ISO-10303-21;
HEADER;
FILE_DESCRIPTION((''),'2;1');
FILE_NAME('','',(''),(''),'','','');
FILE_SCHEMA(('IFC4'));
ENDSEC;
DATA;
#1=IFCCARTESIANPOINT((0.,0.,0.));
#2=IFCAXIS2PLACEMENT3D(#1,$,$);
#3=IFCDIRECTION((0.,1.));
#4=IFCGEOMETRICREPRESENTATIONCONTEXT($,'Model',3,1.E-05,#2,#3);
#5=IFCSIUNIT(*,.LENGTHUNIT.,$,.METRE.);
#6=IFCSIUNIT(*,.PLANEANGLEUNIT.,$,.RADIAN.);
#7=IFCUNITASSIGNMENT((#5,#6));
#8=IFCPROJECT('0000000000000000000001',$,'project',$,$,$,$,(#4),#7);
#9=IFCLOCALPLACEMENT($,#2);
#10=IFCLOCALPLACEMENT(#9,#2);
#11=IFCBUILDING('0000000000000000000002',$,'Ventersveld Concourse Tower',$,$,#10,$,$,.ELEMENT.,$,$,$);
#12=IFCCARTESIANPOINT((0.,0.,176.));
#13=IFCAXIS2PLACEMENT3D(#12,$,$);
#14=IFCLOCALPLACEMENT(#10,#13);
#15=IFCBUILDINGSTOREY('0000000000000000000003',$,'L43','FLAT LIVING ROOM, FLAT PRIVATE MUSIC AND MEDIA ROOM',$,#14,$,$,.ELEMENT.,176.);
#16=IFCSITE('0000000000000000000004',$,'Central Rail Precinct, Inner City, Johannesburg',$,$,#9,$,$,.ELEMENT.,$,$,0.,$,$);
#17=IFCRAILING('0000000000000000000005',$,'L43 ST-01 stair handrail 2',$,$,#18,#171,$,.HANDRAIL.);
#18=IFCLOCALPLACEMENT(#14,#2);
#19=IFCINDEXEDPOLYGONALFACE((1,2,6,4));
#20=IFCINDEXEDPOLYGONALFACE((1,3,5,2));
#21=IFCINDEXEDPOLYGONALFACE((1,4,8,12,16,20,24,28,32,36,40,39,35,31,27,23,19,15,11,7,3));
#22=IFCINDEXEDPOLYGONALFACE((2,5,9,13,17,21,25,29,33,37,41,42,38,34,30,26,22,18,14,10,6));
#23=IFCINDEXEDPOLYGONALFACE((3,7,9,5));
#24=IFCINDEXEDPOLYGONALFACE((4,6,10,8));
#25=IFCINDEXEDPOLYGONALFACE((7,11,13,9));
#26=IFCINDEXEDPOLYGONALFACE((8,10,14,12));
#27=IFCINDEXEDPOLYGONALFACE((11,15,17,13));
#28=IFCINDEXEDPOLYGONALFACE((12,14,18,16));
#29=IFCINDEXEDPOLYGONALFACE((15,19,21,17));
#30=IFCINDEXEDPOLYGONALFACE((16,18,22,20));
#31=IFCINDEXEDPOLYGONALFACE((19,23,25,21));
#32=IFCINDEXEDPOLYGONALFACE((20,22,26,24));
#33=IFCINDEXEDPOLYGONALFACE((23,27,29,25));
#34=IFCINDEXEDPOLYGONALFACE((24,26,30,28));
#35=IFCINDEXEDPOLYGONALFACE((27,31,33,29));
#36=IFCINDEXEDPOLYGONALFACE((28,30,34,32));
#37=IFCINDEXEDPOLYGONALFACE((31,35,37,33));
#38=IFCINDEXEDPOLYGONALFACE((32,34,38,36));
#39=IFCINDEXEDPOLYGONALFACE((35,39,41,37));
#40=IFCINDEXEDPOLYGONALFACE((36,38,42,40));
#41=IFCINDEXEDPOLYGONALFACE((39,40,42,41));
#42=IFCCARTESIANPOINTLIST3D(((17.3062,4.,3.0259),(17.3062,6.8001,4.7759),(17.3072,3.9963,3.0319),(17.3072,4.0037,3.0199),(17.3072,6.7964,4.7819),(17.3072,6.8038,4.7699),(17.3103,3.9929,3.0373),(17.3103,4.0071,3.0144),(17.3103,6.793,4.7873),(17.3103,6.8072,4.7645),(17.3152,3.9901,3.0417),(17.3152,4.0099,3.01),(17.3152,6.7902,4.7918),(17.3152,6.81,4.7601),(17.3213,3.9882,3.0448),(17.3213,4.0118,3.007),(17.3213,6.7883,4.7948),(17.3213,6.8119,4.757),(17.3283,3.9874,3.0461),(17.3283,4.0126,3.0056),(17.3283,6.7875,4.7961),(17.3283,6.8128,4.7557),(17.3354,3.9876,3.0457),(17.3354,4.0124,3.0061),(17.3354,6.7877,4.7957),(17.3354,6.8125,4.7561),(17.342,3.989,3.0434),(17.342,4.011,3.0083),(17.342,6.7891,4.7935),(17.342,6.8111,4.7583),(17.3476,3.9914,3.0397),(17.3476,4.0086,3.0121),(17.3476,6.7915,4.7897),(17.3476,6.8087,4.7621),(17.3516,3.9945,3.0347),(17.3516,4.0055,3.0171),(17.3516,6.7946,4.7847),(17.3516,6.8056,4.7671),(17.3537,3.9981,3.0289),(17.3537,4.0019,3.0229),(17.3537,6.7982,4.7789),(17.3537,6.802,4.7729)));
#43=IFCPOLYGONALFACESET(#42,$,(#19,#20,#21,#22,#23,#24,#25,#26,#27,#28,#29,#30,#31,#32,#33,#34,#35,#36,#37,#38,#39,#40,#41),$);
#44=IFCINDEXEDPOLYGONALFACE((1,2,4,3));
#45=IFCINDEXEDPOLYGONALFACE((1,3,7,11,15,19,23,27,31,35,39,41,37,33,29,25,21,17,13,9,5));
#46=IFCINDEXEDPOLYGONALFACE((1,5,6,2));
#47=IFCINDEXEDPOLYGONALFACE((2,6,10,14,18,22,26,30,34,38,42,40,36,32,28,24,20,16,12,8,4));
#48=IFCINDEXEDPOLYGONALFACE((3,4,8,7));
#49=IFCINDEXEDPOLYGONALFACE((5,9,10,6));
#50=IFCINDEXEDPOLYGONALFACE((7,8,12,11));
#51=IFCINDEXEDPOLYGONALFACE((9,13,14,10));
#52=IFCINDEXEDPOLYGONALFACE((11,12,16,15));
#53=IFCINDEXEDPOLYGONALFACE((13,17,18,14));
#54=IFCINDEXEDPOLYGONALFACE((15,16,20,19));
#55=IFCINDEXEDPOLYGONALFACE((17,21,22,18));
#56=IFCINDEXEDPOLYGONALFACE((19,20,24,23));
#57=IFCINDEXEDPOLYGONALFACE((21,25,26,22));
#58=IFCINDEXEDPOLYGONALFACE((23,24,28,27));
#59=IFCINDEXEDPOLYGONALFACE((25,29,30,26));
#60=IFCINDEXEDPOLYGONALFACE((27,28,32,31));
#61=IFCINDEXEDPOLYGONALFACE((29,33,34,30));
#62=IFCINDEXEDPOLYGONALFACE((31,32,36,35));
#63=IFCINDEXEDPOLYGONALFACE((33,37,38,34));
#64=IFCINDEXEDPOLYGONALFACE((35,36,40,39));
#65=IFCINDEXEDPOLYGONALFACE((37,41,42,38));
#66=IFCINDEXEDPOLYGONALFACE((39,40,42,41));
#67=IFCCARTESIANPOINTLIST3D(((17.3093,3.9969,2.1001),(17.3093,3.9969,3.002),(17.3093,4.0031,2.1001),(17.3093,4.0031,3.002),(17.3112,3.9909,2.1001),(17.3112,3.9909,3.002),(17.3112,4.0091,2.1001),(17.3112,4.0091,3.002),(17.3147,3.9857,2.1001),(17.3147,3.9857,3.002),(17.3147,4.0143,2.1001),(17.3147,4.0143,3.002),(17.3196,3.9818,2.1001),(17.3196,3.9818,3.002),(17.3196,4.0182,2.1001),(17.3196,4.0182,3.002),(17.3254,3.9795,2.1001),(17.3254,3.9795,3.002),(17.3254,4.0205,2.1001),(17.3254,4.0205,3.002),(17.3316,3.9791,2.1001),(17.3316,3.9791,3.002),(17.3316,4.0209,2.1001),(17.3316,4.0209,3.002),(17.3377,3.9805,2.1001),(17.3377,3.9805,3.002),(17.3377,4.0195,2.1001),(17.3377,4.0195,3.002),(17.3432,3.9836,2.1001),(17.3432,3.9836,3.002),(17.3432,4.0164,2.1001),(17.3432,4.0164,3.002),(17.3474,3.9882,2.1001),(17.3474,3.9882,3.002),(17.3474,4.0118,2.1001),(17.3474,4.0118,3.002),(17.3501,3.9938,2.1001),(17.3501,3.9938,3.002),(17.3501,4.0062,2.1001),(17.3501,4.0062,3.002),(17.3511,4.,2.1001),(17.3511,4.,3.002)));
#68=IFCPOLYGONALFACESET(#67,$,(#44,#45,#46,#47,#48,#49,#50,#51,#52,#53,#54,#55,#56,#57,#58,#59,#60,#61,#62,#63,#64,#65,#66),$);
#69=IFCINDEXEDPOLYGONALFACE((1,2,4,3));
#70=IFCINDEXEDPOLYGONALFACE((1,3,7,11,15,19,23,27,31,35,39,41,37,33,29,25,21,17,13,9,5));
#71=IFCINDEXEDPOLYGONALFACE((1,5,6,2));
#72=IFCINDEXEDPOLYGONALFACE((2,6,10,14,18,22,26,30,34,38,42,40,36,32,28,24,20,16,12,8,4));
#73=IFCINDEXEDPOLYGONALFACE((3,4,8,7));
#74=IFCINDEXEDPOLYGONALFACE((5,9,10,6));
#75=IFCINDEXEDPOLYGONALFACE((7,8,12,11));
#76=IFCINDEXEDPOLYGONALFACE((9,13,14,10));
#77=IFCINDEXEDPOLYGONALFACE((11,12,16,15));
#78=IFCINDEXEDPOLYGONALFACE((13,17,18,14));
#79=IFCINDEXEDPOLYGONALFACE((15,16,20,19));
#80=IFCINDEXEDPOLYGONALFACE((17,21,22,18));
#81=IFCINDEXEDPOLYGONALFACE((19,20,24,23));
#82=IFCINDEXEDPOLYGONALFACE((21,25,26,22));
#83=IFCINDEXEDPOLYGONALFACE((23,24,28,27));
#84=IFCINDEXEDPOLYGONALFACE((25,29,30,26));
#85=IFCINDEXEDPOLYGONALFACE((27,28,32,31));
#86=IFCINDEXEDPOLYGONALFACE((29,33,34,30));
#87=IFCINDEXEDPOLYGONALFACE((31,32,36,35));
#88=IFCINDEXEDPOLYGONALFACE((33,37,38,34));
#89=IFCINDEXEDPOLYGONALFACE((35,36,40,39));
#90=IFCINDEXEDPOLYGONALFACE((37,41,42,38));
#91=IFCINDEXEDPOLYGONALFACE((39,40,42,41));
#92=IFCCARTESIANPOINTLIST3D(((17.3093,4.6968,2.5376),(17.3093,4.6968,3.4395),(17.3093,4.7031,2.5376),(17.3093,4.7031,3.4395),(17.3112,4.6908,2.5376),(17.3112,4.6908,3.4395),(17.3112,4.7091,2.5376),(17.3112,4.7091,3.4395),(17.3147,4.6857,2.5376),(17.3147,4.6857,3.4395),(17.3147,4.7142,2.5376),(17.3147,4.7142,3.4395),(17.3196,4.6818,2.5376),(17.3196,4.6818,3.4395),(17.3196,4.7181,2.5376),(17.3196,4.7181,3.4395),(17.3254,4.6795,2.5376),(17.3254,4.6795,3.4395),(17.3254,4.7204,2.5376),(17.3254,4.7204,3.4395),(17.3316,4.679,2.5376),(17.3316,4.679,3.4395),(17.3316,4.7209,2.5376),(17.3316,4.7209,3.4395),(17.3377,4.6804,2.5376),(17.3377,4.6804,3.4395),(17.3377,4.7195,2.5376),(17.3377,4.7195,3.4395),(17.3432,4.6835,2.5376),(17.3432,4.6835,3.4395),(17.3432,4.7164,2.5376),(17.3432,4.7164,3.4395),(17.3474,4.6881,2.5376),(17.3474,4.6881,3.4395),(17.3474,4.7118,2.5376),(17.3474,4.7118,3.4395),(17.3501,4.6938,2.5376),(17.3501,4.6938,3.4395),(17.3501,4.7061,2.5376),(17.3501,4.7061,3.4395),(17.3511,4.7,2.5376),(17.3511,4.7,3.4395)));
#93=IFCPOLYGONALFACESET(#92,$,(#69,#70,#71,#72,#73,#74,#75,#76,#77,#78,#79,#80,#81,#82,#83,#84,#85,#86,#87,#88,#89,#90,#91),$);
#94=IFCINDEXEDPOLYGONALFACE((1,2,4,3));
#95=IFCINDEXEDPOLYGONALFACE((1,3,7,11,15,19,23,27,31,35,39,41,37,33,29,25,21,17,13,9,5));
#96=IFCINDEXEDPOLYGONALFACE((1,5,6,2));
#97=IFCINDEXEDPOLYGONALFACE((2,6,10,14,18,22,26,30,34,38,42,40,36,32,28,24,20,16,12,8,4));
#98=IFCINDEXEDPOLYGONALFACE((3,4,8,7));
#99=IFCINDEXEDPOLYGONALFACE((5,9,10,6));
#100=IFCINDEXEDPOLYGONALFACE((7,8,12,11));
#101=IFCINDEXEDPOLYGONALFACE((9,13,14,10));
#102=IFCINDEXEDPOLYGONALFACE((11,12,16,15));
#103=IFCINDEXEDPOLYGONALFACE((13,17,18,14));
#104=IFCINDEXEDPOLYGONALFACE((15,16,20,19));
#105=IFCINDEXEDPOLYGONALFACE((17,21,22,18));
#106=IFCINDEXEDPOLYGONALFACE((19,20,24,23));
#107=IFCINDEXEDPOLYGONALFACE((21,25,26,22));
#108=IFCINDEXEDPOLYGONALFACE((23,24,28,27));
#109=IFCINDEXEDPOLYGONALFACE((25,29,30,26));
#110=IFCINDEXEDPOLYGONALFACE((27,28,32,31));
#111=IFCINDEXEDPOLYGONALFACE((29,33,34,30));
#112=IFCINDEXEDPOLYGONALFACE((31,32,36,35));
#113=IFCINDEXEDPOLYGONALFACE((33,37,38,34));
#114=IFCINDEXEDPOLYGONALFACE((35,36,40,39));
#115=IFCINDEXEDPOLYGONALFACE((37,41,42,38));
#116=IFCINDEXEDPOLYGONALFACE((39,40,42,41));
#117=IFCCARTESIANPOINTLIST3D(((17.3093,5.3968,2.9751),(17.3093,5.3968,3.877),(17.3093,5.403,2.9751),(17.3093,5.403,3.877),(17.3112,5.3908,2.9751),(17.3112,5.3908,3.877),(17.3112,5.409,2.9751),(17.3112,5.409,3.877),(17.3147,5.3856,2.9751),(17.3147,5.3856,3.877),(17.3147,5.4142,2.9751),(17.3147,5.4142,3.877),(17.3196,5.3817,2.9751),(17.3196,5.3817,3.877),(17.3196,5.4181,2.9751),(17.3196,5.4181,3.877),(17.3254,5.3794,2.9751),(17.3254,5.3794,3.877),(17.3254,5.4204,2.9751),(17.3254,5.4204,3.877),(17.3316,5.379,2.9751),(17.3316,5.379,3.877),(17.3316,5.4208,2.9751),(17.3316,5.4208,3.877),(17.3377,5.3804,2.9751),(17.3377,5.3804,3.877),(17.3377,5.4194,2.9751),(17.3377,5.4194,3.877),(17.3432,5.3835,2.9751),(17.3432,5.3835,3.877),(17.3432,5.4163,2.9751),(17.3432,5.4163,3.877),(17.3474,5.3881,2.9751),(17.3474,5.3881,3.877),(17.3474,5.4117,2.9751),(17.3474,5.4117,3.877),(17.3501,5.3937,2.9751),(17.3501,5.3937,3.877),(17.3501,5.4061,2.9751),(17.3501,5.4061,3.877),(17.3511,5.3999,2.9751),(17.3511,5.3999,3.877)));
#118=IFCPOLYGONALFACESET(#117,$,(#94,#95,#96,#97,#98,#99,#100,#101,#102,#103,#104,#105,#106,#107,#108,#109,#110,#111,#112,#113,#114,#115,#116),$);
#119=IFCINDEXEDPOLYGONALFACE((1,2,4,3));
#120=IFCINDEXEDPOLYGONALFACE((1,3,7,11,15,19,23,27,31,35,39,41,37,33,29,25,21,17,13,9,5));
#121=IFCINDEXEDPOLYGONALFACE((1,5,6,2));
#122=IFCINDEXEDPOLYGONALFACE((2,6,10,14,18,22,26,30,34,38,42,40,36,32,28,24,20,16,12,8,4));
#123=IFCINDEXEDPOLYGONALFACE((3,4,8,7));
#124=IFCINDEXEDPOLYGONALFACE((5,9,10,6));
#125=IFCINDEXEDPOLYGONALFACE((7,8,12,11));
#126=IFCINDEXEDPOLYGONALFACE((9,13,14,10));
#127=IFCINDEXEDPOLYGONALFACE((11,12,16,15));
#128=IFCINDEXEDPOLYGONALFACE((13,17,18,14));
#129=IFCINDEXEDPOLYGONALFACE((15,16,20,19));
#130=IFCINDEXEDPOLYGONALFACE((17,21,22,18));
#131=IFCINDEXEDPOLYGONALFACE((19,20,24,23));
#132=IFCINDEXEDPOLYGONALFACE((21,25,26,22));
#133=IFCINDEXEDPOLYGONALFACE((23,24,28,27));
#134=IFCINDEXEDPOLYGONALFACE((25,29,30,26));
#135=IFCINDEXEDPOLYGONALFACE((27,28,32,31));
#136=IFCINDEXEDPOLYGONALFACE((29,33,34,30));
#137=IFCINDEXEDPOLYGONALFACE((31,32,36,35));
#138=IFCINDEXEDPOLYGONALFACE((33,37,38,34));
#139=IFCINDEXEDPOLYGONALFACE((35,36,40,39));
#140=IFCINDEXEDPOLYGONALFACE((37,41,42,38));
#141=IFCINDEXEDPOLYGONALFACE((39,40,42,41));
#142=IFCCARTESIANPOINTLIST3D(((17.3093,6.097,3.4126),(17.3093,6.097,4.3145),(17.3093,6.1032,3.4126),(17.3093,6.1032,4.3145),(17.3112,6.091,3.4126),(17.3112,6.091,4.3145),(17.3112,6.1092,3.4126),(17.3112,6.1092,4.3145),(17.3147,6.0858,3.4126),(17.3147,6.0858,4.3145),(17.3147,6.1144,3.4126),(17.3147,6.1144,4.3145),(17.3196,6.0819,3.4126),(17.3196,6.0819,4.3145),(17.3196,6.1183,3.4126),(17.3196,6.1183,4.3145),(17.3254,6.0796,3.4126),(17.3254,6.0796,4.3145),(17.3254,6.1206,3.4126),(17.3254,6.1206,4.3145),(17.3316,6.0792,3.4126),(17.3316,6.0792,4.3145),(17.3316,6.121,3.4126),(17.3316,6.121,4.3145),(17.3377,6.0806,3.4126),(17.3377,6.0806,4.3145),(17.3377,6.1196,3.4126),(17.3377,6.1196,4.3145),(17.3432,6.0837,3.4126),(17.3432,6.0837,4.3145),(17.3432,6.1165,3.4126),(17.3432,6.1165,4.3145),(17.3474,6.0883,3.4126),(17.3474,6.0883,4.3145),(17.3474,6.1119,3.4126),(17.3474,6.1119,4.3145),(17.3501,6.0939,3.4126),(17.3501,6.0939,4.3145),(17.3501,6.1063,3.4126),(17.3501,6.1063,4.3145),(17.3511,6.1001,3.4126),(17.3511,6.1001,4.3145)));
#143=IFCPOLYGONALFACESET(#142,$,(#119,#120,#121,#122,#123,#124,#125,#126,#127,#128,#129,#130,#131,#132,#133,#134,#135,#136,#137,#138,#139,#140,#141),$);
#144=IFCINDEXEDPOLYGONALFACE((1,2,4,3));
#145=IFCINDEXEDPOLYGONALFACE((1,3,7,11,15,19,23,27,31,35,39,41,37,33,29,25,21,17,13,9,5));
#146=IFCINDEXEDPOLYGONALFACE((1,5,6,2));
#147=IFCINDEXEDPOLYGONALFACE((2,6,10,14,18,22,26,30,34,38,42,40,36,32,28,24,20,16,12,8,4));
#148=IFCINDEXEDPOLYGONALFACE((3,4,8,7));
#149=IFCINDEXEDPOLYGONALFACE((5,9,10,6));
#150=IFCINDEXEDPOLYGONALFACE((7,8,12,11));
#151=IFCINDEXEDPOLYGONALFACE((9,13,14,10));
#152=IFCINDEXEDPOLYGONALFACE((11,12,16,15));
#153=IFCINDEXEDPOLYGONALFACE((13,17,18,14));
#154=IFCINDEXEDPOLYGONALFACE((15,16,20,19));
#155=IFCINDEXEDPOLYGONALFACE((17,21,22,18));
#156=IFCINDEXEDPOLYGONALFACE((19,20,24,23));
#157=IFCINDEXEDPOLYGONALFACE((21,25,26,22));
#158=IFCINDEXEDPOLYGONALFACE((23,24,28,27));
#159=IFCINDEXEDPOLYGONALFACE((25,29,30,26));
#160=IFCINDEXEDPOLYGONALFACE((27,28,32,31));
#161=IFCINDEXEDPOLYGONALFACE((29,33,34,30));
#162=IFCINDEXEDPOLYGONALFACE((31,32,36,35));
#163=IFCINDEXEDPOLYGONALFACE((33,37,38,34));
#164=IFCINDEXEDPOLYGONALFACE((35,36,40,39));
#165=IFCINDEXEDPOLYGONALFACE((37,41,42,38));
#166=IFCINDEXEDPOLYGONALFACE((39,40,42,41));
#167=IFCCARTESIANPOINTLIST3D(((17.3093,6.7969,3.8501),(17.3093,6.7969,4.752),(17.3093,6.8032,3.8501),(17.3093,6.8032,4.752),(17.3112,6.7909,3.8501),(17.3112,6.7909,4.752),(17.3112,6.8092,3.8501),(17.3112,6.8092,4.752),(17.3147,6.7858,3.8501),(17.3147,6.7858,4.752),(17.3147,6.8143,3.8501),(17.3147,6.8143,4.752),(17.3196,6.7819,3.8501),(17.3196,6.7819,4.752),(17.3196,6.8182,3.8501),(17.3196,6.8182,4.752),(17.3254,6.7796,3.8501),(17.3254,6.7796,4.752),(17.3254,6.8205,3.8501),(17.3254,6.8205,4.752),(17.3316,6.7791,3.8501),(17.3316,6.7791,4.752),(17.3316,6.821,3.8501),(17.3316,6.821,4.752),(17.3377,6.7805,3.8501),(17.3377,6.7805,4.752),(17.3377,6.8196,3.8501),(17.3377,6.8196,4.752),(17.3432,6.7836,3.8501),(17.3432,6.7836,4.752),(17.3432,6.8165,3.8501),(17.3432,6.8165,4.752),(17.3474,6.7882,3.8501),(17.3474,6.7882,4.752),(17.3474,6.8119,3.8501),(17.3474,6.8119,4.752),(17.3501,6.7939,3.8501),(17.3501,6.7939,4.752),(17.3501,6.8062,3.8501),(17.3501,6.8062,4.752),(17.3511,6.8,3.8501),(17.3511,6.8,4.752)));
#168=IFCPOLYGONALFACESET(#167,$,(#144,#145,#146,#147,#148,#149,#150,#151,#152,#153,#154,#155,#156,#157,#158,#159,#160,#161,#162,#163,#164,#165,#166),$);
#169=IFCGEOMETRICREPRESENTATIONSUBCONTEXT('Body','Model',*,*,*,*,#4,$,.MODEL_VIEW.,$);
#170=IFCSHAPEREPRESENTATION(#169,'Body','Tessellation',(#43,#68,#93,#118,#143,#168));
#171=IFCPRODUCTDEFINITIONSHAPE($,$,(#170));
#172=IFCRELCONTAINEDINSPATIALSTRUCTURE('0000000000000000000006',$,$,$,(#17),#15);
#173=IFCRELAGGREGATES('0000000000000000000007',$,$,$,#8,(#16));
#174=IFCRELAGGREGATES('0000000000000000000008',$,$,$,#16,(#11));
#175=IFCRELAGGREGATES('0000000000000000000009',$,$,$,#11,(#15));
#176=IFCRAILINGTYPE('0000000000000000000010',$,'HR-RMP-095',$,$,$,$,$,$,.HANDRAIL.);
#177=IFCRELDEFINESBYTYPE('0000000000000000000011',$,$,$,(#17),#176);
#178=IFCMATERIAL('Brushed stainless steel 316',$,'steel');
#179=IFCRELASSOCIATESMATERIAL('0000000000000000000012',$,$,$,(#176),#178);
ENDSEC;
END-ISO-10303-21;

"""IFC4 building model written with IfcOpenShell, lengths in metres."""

from ifc_helpers import new_model, si_unit, direction, frame, origin, origin_2d, place, context, subcontext, project, spatial, circle, extrude, material, type_object, element, save


model = new_model("IFC4")

# Units and contexts
model_context = context("Model", 3, precision=1e-05, world=origin(), true_north=direction((0.0, 1.0)))
body_context = subcontext(model_context, "Body", "Model", "MODEL_VIEW")
ifc_project = project(units=[si_unit("LENGTHUNIT", "METRE"), si_unit("PLANEANGLEUNIT", "RADIAN")], contexts=[model_context])

# Site, building, storey
site_placement = place(None, origin())
site = spatial("IfcSite", under=ifc_project, at=site_placement, Name="Central Rail Precinct, Inner City, Johannesburg", CompositionType="ELEMENT", RefElevation=0.0)
building_placement = place(site_placement, origin())
building = spatial("IfcBuilding", under=site, at=building_placement, Name="Ventersveld Concourse Tower", CompositionType="ELEMENT")
storey_placement = place(building_placement, frame((0.0, 0.0, 176.0)))
storey = spatial("IfcBuildingStorey", under=building, at=storey_placement, Name="L43", Description="FLAT LIVING ROOM, FLAT PRIVATE MUSIC AND MEDIA ROOM", CompositionType="ELEMENT", Elevation=176.0)

# Railing
ifc_material_1 = material(Name="Brushed stainless steel 316", Category="steel")
railing_type_1 = type_object("IfcRailingType", Name="HR-RMP-095", PredefinedType="HANDRAIL", material=ifc_material_1)
railing_1_placement = place(storey_placement, frame((17.3301, 4.0, 2.1001)))
element("IfcRailing", 1, at=railing_1_placement, inside=storey, type_object=railing_type_1, Name="L43 ST-01 stair handrail 2", PredefinedType="HANDRAIL", context=body_context, shape_type="SweptSolid", body=[
    extrude(circle(Radius=0.0239, at=origin_2d()), frame((0.0, 0.0, 0.9258), z_axis=(0.0, 0.848002, 0.529992), x_axis=(-1.0, 0.0, 0.0)), (0.0, 0.0, 1.0), 3.302),
    extrude(circle(Radius=0.021, at=origin_2d()), origin(), (0.0, 0.0, 1.0), 0.9019),
    extrude(circle(Radius=0.021, at=origin_2d()), frame((0.0, 0.7, 0.4375)), (0.0, 0.0, 1.0), 0.9019),
    extrude(circle(Radius=0.021, at=origin_2d()), frame((0.0, 1.3999, 0.875)), (0.0, 0.0, 1.0), 0.9019),
    extrude(circle(Radius=0.021, at=origin_2d()), frame((0.0, 2.1001, 1.3125)), (0.0, 0.0, 1.0), 0.9019),
    extrude(circle(Radius=0.021, at=origin_2d()), frame((0.0, 2.8, 1.75)), (0.0, 0.0, 1.0), 0.9019),
])

save(model, "model.ifc")
